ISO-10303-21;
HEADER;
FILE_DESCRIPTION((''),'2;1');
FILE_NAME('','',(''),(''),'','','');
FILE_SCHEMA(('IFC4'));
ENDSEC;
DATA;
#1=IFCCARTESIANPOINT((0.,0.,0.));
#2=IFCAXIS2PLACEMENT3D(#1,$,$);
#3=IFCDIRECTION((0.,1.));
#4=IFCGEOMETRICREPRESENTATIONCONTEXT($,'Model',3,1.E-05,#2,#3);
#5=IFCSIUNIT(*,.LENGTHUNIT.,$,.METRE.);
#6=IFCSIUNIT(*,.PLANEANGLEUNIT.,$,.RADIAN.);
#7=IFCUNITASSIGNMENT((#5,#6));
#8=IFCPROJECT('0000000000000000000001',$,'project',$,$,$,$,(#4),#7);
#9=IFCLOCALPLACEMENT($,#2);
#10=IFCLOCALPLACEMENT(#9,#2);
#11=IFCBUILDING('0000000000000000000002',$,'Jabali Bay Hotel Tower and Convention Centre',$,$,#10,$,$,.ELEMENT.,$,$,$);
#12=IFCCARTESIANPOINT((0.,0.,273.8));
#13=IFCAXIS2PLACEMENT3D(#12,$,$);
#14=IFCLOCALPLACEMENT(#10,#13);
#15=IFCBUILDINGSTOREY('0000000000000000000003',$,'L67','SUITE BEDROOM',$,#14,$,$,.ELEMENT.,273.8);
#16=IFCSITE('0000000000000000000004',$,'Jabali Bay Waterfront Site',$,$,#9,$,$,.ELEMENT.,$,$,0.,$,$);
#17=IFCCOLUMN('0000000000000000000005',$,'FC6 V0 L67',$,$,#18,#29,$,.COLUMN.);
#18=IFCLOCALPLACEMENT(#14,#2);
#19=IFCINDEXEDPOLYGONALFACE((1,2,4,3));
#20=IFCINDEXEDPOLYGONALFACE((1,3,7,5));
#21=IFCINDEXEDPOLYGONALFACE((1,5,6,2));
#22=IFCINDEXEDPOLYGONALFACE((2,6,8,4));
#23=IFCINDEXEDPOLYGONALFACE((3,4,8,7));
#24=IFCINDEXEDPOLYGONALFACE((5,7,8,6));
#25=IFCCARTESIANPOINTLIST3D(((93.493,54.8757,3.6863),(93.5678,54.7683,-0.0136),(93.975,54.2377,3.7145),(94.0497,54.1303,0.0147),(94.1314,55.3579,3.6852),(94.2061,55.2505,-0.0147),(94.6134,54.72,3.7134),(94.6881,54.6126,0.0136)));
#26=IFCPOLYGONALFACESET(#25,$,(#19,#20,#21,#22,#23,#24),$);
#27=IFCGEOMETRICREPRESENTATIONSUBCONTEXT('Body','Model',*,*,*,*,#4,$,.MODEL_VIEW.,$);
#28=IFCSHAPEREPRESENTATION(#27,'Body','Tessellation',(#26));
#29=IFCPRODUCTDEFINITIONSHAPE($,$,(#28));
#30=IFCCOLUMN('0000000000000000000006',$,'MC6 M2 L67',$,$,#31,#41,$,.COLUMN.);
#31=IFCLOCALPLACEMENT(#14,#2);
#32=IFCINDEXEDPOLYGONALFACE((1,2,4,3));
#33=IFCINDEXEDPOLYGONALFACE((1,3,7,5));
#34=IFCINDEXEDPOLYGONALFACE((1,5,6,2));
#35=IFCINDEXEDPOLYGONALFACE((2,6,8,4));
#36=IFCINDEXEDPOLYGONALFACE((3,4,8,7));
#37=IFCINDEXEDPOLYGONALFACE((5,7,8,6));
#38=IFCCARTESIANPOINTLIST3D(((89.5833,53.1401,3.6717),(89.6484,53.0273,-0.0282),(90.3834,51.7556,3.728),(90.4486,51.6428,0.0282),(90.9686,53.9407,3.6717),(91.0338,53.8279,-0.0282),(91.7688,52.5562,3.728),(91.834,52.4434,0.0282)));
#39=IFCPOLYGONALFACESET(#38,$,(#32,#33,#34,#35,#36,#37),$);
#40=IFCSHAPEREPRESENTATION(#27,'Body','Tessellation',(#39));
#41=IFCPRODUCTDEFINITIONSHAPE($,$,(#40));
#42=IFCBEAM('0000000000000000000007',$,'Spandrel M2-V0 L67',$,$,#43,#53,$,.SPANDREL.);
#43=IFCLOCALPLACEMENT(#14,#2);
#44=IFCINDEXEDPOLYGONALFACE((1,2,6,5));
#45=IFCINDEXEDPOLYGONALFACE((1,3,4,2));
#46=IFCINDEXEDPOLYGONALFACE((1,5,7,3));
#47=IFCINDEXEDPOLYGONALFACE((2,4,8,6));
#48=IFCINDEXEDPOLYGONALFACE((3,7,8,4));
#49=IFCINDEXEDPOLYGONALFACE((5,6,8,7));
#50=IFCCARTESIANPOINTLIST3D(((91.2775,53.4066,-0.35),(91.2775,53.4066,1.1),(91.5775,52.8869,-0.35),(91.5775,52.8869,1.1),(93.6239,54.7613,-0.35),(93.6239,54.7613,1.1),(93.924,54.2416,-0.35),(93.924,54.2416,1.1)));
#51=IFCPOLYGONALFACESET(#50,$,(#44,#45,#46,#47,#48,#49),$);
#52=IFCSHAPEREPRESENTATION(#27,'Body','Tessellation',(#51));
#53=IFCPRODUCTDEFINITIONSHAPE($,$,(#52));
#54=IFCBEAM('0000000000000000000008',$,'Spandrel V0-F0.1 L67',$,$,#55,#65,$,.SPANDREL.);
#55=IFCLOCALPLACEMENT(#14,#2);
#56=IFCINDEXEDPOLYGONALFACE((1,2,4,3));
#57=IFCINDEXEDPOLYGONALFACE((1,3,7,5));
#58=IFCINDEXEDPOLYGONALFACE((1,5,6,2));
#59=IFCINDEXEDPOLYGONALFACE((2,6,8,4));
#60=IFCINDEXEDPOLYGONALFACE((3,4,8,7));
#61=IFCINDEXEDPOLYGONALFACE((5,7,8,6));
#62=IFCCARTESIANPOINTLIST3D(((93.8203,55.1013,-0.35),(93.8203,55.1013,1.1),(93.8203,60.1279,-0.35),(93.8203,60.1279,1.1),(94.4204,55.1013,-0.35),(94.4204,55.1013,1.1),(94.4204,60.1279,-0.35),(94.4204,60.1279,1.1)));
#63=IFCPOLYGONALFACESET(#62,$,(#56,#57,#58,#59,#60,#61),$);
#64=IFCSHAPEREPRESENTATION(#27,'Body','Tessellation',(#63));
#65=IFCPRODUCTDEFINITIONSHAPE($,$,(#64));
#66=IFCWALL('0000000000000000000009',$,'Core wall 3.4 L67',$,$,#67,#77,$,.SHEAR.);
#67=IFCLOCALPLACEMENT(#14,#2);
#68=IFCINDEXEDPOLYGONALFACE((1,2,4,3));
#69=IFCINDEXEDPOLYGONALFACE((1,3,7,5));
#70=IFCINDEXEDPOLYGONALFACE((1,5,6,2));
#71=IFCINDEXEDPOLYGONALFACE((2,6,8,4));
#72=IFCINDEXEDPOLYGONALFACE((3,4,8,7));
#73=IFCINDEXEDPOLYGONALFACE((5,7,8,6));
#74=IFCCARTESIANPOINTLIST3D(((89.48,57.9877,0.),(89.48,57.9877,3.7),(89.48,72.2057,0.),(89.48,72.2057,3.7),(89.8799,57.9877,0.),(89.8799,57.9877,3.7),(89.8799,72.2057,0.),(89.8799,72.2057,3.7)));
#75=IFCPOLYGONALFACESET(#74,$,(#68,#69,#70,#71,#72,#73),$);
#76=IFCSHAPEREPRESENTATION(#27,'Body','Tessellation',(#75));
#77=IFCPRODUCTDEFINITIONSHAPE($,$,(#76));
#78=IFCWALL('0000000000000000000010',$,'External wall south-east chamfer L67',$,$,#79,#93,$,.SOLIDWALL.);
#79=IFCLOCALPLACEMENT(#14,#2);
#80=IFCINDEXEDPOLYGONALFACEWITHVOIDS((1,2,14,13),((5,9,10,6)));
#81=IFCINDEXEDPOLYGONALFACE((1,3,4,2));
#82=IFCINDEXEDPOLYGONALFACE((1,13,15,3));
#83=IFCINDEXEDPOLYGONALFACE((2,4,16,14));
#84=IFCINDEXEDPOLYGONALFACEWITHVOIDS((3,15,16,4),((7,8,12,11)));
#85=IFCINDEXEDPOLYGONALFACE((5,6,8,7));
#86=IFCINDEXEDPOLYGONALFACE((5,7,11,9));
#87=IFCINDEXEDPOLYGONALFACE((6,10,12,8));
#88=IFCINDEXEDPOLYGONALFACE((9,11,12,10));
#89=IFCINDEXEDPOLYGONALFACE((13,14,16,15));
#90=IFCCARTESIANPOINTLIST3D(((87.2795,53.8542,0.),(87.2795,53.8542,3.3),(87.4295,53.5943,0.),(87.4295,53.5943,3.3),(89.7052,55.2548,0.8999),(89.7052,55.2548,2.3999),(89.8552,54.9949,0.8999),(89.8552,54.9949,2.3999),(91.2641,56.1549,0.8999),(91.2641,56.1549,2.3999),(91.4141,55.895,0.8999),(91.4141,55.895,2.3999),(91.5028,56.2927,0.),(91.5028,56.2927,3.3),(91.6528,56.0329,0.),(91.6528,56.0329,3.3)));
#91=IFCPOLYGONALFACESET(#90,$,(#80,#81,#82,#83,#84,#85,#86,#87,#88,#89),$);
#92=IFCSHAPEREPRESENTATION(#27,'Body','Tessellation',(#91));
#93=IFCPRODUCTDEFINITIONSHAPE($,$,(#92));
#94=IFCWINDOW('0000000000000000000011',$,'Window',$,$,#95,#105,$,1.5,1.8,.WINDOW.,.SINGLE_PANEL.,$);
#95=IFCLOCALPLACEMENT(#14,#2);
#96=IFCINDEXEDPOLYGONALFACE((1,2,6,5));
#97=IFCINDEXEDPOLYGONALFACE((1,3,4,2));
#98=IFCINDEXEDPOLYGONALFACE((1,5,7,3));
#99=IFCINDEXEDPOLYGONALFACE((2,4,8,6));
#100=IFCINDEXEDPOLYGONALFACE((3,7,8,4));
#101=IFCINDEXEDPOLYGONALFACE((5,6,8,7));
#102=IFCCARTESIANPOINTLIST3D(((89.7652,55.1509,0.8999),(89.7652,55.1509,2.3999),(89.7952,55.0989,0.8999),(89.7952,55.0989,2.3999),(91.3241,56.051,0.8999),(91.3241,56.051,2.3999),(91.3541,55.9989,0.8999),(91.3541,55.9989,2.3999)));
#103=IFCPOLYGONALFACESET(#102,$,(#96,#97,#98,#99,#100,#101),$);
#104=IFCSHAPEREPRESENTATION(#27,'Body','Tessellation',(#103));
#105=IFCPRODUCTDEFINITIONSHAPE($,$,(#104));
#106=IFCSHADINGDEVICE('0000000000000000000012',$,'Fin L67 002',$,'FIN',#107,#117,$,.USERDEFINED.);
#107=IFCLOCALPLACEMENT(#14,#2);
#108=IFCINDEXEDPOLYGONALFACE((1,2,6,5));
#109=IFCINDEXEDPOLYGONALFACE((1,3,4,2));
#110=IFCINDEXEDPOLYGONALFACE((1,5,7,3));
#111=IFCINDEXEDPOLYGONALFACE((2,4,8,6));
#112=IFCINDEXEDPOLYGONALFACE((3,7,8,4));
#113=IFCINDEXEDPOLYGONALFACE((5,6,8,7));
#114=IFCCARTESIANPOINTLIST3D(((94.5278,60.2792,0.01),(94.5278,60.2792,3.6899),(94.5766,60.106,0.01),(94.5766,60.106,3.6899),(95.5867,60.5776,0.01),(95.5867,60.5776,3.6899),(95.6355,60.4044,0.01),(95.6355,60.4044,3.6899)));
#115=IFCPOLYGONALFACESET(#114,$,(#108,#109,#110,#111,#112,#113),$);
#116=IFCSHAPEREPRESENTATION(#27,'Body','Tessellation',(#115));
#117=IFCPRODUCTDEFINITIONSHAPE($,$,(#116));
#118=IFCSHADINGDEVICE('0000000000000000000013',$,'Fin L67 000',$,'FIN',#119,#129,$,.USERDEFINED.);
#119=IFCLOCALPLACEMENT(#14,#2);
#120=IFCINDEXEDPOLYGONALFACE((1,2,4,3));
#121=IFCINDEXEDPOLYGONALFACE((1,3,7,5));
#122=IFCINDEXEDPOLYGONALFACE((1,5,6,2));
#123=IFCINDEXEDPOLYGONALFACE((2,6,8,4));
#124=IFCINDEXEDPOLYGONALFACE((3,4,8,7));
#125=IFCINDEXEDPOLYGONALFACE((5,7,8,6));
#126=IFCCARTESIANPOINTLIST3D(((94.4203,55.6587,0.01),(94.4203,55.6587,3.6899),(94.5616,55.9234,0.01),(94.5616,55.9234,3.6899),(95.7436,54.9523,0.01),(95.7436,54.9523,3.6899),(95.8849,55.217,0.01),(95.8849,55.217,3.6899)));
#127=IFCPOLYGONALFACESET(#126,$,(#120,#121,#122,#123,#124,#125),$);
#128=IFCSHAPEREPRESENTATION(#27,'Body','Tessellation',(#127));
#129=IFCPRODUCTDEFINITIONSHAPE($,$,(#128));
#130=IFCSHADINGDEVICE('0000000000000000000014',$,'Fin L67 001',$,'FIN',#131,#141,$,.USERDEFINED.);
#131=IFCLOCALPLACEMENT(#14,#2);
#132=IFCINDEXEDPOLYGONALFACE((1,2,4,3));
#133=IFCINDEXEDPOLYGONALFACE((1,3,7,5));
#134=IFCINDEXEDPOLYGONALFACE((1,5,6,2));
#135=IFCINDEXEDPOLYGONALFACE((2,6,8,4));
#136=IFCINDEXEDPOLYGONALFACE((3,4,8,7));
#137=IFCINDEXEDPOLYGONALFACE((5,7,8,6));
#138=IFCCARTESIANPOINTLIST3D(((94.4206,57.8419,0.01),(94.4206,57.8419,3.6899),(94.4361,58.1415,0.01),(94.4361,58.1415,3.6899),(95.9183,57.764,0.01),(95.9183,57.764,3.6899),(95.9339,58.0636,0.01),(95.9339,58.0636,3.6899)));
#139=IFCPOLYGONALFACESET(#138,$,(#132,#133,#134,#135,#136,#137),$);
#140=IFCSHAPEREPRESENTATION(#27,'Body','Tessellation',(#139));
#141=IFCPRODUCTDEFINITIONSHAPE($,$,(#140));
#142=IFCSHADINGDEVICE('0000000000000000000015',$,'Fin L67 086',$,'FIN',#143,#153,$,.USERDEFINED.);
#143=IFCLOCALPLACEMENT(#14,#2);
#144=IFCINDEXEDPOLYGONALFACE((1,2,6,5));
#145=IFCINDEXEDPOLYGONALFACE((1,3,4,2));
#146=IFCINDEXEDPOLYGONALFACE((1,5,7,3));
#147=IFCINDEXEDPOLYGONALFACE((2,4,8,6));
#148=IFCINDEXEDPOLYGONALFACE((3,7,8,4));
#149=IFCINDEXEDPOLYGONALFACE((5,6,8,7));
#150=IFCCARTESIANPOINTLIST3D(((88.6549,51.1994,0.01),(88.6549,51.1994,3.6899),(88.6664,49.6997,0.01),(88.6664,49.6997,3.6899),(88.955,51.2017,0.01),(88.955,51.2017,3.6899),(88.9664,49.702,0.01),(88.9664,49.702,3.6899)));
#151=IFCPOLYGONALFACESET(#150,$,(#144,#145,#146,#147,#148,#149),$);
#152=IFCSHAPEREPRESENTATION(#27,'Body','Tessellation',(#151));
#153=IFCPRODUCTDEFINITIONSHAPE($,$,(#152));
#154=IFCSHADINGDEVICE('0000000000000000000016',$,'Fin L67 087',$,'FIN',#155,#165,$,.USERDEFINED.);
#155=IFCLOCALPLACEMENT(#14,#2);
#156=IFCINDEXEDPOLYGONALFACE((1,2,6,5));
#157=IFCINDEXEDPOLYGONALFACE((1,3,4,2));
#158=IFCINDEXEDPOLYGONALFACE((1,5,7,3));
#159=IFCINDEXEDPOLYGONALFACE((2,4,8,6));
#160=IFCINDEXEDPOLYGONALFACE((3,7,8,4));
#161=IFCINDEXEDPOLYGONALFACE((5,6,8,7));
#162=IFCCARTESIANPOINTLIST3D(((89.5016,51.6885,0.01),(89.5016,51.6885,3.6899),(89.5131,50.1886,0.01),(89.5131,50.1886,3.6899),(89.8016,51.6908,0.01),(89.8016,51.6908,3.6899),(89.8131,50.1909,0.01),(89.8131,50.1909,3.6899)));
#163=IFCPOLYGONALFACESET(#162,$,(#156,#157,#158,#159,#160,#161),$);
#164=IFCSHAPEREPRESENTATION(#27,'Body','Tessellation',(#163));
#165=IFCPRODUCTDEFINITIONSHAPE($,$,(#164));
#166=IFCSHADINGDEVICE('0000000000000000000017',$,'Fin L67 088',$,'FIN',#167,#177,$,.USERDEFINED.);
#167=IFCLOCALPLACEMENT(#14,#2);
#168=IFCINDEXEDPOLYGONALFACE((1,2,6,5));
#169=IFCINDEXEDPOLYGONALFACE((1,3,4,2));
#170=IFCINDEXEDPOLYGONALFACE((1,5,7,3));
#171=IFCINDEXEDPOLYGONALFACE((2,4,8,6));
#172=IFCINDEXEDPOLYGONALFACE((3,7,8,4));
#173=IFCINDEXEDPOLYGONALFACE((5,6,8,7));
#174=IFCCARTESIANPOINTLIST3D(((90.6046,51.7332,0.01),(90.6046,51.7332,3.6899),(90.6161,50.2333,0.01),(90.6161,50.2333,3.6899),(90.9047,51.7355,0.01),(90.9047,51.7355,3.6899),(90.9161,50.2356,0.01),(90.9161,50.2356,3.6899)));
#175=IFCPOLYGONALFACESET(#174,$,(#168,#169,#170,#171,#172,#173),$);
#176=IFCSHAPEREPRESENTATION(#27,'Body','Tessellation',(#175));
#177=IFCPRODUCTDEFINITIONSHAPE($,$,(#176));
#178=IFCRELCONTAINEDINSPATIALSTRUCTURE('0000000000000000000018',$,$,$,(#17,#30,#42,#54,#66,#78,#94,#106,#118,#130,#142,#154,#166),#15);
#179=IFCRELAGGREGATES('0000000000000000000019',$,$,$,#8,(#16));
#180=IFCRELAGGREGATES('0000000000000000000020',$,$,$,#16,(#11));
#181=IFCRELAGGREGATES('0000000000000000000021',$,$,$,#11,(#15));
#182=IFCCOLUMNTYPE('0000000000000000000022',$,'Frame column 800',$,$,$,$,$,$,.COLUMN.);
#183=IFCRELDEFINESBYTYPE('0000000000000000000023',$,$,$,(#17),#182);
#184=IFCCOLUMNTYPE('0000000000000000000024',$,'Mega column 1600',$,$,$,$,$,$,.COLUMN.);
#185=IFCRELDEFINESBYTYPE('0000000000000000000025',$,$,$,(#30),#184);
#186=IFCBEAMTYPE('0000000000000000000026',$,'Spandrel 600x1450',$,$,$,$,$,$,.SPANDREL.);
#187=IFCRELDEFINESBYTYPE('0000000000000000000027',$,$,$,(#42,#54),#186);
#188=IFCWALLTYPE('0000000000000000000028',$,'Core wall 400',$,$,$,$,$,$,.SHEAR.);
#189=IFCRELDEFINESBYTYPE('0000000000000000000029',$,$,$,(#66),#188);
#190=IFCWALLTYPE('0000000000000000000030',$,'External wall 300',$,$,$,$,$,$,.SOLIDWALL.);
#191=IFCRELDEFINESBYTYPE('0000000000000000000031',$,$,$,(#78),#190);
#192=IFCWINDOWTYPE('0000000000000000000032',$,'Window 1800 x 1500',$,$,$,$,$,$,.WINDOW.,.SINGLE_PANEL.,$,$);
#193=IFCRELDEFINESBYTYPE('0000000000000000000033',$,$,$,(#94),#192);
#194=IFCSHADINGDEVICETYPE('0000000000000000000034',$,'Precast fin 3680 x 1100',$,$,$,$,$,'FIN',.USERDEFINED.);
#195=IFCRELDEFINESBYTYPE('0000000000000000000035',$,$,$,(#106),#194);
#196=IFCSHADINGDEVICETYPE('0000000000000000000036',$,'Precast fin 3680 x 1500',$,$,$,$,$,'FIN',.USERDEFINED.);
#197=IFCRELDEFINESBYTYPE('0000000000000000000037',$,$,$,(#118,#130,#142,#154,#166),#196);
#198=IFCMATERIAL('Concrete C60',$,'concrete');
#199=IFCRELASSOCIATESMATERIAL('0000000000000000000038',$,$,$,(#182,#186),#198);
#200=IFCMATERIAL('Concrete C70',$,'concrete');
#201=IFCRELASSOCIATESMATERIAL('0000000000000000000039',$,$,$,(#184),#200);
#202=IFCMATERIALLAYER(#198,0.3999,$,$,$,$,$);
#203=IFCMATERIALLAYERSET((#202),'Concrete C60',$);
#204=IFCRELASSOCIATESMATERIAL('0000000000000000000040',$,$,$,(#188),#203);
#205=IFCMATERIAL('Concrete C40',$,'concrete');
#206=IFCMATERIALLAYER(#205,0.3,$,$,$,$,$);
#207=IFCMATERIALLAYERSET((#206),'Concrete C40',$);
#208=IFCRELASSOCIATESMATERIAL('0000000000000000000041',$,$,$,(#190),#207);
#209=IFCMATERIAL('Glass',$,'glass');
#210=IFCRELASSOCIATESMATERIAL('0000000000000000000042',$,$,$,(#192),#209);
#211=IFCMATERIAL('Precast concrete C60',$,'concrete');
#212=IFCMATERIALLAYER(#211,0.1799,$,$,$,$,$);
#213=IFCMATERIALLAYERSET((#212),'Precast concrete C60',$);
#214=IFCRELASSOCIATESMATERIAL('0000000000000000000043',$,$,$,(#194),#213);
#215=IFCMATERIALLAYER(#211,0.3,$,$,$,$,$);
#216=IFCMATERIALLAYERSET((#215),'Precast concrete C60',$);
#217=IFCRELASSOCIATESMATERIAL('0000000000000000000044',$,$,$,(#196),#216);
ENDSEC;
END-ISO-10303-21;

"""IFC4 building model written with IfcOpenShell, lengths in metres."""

from ifc_helpers import new_model, si_unit, direction, frame, frame_2d, origin, origin_2d, place, context, subcontext, project, spatial, rectangle, extrude, material, layer, layer_set, material_profile, profile_set, type_object, element, fill, save


model = new_model("IFC4")

# Units and contexts
model_context = context("Model", 3, precision=1e-05, world=origin(), true_north=direction((0.0, 1.0)))
body_context = subcontext(model_context, "Body", "Model", "MODEL_VIEW")
ifc_project = project(units=[si_unit("LENGTHUNIT", "METRE"), si_unit("PLANEANGLEUNIT", "RADIAN")], contexts=[model_context])

# Site, building, storey
site_placement = place(None, origin())
site = spatial("IfcSite", under=ifc_project, at=site_placement, Name="Jabali Bay Waterfront Site", CompositionType="ELEMENT", RefElevation=0.0)
building_placement = place(site_placement, origin())
building = spatial("IfcBuilding", under=site, at=building_placement, Name="Jabali Bay Hotel Tower and Convention Centre", CompositionType="ELEMENT")
storey_placement = place(building_placement, frame((0.0, 0.0, 273.8)))
storey = spatial("IfcBuildingStorey", under=building, at=storey_placement, Name="L67", Description="SUITE BEDROOM", CompositionType="ELEMENT", Elevation=273.8)

# Columns
ifc_material_1 = material(Name="Concrete C60", Category="concrete")
ifc_material_profile_1 = material_profile(ifc_material_1, rectangle(XDim=0.8, YDim=0.8, at=origin_2d()), Name="Frame column 800")
ifc_profile_set_1 = profile_set([ifc_material_profile_1], Name="Concrete C60")
column_type_1 = type_object("IfcColumnType", Name="Frame column 800", PredefinedType="COLUMN", material=ifc_profile_set_1)
column_1_placement = place(storey_placement, frame((94.1279, 54.6904, 0.0), z_axis=(-0.020179, 0.029015, 0.999375), x_axis=(-0.797897, -0.602792, 0.00139)))
element("IfcColumn", 1, at=column_1_placement, inside=storey, type_object=column_type_1, Name="FC6 V0 L67", PredefinedType="COLUMN", context=body_context, shape_type="SweptSolid", body=[
    extrude(rectangle(XDim=0.8, YDim=0.8, at=origin_2d()), origin(), (0.0, 0.0, 1.0), 3.7021),
])
ifc_material_2 = material(Name="Concrete C70", Category="concrete")
ifc_material_profile_2 = material_profile(ifc_material_2, rectangle(XDim=1.6001, YDim=1.6001, at=origin_2d()), Name="Mega column 1600")
ifc_profile_set_2 = profile_set([ifc_material_profile_2], Name="Concrete C70")
column_type_2 = type_object("IfcColumnType", Name="Mega column 1600", PredefinedType="COLUMN", material=ifc_profile_set_2)
column_2_placement = place(storey_placement, frame((90.7412, 52.7354, 0.0), z_axis=(-0.017607, 0.030466, 0.999381), x_axis=(0.500061, -0.865275, 0.035188)))
element("IfcColumn", 2, at=column_2_placement, inside=storey, type_object=column_type_2, Name="MC6 M2 L67", PredefinedType="COLUMN", context=body_context, shape_type="SweptSolid", body=[
    extrude(rectangle(XDim=1.6001, YDim=1.6001, at=origin_2d()), origin(), (0.0, 0.0, 1.0), 3.7021),
])

# Beams
ifc_material_profile_3 = material_profile(ifc_material_1, rectangle(XDim=0.6001, YDim=1.45, at=origin_2d()), Name="Spandrel 600x1450")
ifc_profile_set_3 = profile_set([ifc_material_profile_3], Name="Concrete C60")
beam_type = type_object("IfcBeamType", Name="Spandrel 600x1450", PredefinedType="SPANDREL", material=ifc_profile_set_3)
beam_1_placement = place(storey_placement, frame((91.4275, 53.1467, 0.375), z_axis=(0.866022, 0.500006, 0.0), x_axis=(-0.500006, 0.866022, 0.0)))
element("IfcBeam", 3, at=beam_1_placement, inside=storey, type_object=beam_type, Name="Spandrel M2-V0 L67", PredefinedType="SPANDREL", context=body_context, shape_type="SweptSolid", body=[
    extrude(rectangle(XDim=0.6001, YDim=1.45, at=origin_2d()), origin(), (0.0, 0.0, 1.0), 2.7095),
])
beam_2_placement = place(storey_placement, frame((94.1204, 55.1013, 0.375), z_axis=(0.0, 1.0, 0.0), x_axis=(-1.0, 0.0, 0.0)))
element("IfcBeam", 4, at=beam_2_placement, inside=storey, type_object=beam_type, Name="Spandrel V0-F0.1 L67", PredefinedType="SPANDREL", context=body_context, shape_type="SweptSolid", body=[
    extrude(rectangle(XDim=0.6001, YDim=1.45, at=origin_2d()), origin(), (0.0, 0.0, 1.0), 5.0266),
])

# Wall
ifc_layer_1 = layer(ifc_material_1, 0.3999)
ifc_layer_set_1 = layer_set([ifc_layer_1], Name="Concrete C60")
wall_type_1 = type_object("IfcWallType", Name="Core wall 400", PredefinedType="SHEAR", material=ifc_layer_set_1)
wall_1_placement = place(storey_placement, frame((89.6799, 57.9878, 0.0), z_axis=(0.0, 0.0, 1.0), x_axis=(0.0, 1.0, 0.0)))
element("IfcWall", 5, at=wall_1_placement, inside=storey, type_object=wall_type_1, Name="Core wall 3.4 L67", PredefinedType="SHEAR", context=body_context, shape_type="SweptSolid", body=[
    extrude(rectangle(XDim=14.218, YDim=0.3999, at=frame_2d((7.1089, 0.0))), origin(), (0.0, 0.0, 1.0), 3.7),
])

# Wall, opening, window
ifc_material_3 = material(Name="Concrete C40", Category="concrete")
ifc_layer_2 = layer(ifc_material_3, 0.3)
ifc_layer_set_2 = layer_set([ifc_layer_2], Name="Concrete C40")
wall_type_2 = type_object("IfcWallType", Name="External wall 300", PredefinedType="SOLIDWALL", material=ifc_layer_set_2)
wall_2_placement = place(storey_placement, frame((91.5779, 56.1628, 0.0), z_axis=(0.0, 0.0, 1.0), x_axis=(-0.866004, -0.500037, 0.0)))
wall_2 = element("IfcWall", 6, at=wall_2_placement, inside=storey, type_object=wall_type_2, Name="External wall south-east chamfer L67", PredefinedType="SOLIDWALL", context=body_context, shape_type="SweptSolid", body=[
    extrude(rectangle(XDim=4.8767, YDim=0.3, at=frame_2d((2.4385, 0.0))), origin(), (0.0, 0.0, 1.0), 3.3),
])
opening_placement = place(wall_2_placement, frame((0.2759, 0.0, 0.8999)))
opening = element("IfcOpeningElement", 7, at=opening_placement, cuts=wall_2, PredefinedType="OPENING", context=body_context, shape_type="SweptSolid", body=[
    extrude(rectangle(XDim=1.8, YDim=1.5, at=frame_2d((0.8999, 0.75))), frame((0.0, 0.1606, 0.0), z_axis=(0.0, -1.0, 0.0), x_axis=(1.0, 0.0, 0.0)), (0.0, 0.0, 1.0), 0.321),
])
ifc_material_4 = material(Name="Glass", Category="glass")
window_type = type_object("IfcWindowType", Name="Window 1800 x 1500", PartitioningType="SINGLE_PANEL", PredefinedType="WINDOW", material=ifc_material_4)
window_placement = place(opening_placement, origin())
window = element("IfcWindow", 8, at=window_placement, inside=storey, type_object=window_type, Name="Window", OverallHeight=1.5, OverallWidth=1.8, PartitioningType="SINGLE_PANEL", PredefinedType="WINDOW", context=body_context, shape_type="SweptSolid", body=[
    extrude(rectangle(XDim=1.8, YDim=1.5, at=frame_2d((0.8999, 0.75))), frame((0.0, 0.03, 0.0), z_axis=(0.0, -1.0, 0.0), x_axis=(1.0, 0.0, 0.0)), (0.0, 0.0, 1.0), 0.0601),
])
fill(opening, window)

# Shading devices
ifc_material_5 = material(Name="Precast concrete C60", Category="concrete")
ifc_layer_3 = layer(ifc_material_5, 0.1799)
ifc_layer_set_3 = layer_set([ifc_layer_3], Name="Precast concrete C60")
shading_device_type_1 = type_object("IfcShadingDeviceType", Name="Precast fin 3680 x 1100", ElementType="FIN", PredefinedType="USERDEFINED", material=ifc_layer_set_3)
shading_device_1_placement = place(storey_placement, frame((94.5522, 60.1926, 0.01), z_axis=(0.0, 0.0, 1.0), x_axis=(0.962522, 0.271202, 0.0)))
element("IfcShadingDevice", 9, at=shading_device_1_placement, inside=storey, type_object=shading_device_type_1, Name="Fin L67 002", ObjectType="FIN", PredefinedType="USERDEFINED", context=body_context, shape_type="SweptSolid", body=[
    extrude(rectangle(XDim=1.1001, YDim=0.1799, at=frame_2d((0.55, 0.0))), origin(), (0.0, 0.0, 1.0), 3.6799),
])
ifc_layer_4 = layer(ifc_material_5, 0.3)
ifc_layer_set_4 = layer_set([ifc_layer_4], Name="Precast concrete C60")
shading_device_type_2 = type_object("IfcShadingDeviceType", Name="Precast fin 3680 x 1500", ElementType="FIN", PredefinedType="USERDEFINED", material=ifc_layer_set_4)
shading_device_2_placement = place(storey_placement, frame((94.491, 55.791, 0.01), z_axis=(0.0, 0.0, 1.0), x_axis=(0.882195, -0.470884, 0.0)))
element("IfcShadingDevice", 10, at=shading_device_2_placement, inside=storey, type_object=shading_device_type_2, Name="Fin L67 000", ObjectType="FIN", PredefinedType="USERDEFINED", context=body_context, shape_type="SweptSolid", body=[
    extrude(rectangle(XDim=1.5, YDim=0.3, at=frame_2d((0.75, 0.0))), origin(), (0.0, 0.0, 1.0), 3.6799),
])
for number, where, z_axis, x_axis, name in (
    (11, (94.4282, 57.9917, 0.01), (0.0, 0.0, 1.0), (0.998651, -0.051927, 0.0), "Fin L67 001"),
    (12, (88.8049, 51.2007, 0.01), (0.0, 0.0, 1.0), (0.007651, -0.999971, 0.0), "Fin L67 086"),
):
    element("IfcShadingDevice", number, at=place(storey_placement, frame(where, z_axis=z_axis, x_axis=x_axis)), inside=storey, type_object=shading_device_type_2, Name=name, ObjectType="FIN", PredefinedType="USERDEFINED", context=body_context, shape_type="SweptSolid", body=[
        extrude(rectangle(XDim=1.4998, YDim=0.3, at=frame_2d((0.75, 0.0))), origin(), (0.0, 0.0, 1.0), 3.6799),
    ])
for number, where, z_axis, x_axis, name in (
    (13, (89.6516, 51.6897, 0.01), (0.0, 0.0, 1.0), (0.00765, -0.999971, 0.0), "Fin L67 087"),
    (14, (90.7546, 51.7344, 0.01), (0.0, 0.0, 1.0), (0.00765, -0.999971, 0.0), "Fin L67 088"),
):
    element("IfcShadingDevice", number, at=place(storey_placement, frame(where, z_axis=z_axis, x_axis=x_axis)), inside=storey, type_object=shading_device_type_2, Name=name, ObjectType="FIN", PredefinedType="USERDEFINED", context=body_context, shape_type="SweptSolid", body=[
        extrude(rectangle(XDim=1.5, YDim=0.3, at=frame_2d((0.75, 0.0))), origin(), (0.0, 0.0, 1.0), 3.6799),
    ])

save(model, "model.ifc")
